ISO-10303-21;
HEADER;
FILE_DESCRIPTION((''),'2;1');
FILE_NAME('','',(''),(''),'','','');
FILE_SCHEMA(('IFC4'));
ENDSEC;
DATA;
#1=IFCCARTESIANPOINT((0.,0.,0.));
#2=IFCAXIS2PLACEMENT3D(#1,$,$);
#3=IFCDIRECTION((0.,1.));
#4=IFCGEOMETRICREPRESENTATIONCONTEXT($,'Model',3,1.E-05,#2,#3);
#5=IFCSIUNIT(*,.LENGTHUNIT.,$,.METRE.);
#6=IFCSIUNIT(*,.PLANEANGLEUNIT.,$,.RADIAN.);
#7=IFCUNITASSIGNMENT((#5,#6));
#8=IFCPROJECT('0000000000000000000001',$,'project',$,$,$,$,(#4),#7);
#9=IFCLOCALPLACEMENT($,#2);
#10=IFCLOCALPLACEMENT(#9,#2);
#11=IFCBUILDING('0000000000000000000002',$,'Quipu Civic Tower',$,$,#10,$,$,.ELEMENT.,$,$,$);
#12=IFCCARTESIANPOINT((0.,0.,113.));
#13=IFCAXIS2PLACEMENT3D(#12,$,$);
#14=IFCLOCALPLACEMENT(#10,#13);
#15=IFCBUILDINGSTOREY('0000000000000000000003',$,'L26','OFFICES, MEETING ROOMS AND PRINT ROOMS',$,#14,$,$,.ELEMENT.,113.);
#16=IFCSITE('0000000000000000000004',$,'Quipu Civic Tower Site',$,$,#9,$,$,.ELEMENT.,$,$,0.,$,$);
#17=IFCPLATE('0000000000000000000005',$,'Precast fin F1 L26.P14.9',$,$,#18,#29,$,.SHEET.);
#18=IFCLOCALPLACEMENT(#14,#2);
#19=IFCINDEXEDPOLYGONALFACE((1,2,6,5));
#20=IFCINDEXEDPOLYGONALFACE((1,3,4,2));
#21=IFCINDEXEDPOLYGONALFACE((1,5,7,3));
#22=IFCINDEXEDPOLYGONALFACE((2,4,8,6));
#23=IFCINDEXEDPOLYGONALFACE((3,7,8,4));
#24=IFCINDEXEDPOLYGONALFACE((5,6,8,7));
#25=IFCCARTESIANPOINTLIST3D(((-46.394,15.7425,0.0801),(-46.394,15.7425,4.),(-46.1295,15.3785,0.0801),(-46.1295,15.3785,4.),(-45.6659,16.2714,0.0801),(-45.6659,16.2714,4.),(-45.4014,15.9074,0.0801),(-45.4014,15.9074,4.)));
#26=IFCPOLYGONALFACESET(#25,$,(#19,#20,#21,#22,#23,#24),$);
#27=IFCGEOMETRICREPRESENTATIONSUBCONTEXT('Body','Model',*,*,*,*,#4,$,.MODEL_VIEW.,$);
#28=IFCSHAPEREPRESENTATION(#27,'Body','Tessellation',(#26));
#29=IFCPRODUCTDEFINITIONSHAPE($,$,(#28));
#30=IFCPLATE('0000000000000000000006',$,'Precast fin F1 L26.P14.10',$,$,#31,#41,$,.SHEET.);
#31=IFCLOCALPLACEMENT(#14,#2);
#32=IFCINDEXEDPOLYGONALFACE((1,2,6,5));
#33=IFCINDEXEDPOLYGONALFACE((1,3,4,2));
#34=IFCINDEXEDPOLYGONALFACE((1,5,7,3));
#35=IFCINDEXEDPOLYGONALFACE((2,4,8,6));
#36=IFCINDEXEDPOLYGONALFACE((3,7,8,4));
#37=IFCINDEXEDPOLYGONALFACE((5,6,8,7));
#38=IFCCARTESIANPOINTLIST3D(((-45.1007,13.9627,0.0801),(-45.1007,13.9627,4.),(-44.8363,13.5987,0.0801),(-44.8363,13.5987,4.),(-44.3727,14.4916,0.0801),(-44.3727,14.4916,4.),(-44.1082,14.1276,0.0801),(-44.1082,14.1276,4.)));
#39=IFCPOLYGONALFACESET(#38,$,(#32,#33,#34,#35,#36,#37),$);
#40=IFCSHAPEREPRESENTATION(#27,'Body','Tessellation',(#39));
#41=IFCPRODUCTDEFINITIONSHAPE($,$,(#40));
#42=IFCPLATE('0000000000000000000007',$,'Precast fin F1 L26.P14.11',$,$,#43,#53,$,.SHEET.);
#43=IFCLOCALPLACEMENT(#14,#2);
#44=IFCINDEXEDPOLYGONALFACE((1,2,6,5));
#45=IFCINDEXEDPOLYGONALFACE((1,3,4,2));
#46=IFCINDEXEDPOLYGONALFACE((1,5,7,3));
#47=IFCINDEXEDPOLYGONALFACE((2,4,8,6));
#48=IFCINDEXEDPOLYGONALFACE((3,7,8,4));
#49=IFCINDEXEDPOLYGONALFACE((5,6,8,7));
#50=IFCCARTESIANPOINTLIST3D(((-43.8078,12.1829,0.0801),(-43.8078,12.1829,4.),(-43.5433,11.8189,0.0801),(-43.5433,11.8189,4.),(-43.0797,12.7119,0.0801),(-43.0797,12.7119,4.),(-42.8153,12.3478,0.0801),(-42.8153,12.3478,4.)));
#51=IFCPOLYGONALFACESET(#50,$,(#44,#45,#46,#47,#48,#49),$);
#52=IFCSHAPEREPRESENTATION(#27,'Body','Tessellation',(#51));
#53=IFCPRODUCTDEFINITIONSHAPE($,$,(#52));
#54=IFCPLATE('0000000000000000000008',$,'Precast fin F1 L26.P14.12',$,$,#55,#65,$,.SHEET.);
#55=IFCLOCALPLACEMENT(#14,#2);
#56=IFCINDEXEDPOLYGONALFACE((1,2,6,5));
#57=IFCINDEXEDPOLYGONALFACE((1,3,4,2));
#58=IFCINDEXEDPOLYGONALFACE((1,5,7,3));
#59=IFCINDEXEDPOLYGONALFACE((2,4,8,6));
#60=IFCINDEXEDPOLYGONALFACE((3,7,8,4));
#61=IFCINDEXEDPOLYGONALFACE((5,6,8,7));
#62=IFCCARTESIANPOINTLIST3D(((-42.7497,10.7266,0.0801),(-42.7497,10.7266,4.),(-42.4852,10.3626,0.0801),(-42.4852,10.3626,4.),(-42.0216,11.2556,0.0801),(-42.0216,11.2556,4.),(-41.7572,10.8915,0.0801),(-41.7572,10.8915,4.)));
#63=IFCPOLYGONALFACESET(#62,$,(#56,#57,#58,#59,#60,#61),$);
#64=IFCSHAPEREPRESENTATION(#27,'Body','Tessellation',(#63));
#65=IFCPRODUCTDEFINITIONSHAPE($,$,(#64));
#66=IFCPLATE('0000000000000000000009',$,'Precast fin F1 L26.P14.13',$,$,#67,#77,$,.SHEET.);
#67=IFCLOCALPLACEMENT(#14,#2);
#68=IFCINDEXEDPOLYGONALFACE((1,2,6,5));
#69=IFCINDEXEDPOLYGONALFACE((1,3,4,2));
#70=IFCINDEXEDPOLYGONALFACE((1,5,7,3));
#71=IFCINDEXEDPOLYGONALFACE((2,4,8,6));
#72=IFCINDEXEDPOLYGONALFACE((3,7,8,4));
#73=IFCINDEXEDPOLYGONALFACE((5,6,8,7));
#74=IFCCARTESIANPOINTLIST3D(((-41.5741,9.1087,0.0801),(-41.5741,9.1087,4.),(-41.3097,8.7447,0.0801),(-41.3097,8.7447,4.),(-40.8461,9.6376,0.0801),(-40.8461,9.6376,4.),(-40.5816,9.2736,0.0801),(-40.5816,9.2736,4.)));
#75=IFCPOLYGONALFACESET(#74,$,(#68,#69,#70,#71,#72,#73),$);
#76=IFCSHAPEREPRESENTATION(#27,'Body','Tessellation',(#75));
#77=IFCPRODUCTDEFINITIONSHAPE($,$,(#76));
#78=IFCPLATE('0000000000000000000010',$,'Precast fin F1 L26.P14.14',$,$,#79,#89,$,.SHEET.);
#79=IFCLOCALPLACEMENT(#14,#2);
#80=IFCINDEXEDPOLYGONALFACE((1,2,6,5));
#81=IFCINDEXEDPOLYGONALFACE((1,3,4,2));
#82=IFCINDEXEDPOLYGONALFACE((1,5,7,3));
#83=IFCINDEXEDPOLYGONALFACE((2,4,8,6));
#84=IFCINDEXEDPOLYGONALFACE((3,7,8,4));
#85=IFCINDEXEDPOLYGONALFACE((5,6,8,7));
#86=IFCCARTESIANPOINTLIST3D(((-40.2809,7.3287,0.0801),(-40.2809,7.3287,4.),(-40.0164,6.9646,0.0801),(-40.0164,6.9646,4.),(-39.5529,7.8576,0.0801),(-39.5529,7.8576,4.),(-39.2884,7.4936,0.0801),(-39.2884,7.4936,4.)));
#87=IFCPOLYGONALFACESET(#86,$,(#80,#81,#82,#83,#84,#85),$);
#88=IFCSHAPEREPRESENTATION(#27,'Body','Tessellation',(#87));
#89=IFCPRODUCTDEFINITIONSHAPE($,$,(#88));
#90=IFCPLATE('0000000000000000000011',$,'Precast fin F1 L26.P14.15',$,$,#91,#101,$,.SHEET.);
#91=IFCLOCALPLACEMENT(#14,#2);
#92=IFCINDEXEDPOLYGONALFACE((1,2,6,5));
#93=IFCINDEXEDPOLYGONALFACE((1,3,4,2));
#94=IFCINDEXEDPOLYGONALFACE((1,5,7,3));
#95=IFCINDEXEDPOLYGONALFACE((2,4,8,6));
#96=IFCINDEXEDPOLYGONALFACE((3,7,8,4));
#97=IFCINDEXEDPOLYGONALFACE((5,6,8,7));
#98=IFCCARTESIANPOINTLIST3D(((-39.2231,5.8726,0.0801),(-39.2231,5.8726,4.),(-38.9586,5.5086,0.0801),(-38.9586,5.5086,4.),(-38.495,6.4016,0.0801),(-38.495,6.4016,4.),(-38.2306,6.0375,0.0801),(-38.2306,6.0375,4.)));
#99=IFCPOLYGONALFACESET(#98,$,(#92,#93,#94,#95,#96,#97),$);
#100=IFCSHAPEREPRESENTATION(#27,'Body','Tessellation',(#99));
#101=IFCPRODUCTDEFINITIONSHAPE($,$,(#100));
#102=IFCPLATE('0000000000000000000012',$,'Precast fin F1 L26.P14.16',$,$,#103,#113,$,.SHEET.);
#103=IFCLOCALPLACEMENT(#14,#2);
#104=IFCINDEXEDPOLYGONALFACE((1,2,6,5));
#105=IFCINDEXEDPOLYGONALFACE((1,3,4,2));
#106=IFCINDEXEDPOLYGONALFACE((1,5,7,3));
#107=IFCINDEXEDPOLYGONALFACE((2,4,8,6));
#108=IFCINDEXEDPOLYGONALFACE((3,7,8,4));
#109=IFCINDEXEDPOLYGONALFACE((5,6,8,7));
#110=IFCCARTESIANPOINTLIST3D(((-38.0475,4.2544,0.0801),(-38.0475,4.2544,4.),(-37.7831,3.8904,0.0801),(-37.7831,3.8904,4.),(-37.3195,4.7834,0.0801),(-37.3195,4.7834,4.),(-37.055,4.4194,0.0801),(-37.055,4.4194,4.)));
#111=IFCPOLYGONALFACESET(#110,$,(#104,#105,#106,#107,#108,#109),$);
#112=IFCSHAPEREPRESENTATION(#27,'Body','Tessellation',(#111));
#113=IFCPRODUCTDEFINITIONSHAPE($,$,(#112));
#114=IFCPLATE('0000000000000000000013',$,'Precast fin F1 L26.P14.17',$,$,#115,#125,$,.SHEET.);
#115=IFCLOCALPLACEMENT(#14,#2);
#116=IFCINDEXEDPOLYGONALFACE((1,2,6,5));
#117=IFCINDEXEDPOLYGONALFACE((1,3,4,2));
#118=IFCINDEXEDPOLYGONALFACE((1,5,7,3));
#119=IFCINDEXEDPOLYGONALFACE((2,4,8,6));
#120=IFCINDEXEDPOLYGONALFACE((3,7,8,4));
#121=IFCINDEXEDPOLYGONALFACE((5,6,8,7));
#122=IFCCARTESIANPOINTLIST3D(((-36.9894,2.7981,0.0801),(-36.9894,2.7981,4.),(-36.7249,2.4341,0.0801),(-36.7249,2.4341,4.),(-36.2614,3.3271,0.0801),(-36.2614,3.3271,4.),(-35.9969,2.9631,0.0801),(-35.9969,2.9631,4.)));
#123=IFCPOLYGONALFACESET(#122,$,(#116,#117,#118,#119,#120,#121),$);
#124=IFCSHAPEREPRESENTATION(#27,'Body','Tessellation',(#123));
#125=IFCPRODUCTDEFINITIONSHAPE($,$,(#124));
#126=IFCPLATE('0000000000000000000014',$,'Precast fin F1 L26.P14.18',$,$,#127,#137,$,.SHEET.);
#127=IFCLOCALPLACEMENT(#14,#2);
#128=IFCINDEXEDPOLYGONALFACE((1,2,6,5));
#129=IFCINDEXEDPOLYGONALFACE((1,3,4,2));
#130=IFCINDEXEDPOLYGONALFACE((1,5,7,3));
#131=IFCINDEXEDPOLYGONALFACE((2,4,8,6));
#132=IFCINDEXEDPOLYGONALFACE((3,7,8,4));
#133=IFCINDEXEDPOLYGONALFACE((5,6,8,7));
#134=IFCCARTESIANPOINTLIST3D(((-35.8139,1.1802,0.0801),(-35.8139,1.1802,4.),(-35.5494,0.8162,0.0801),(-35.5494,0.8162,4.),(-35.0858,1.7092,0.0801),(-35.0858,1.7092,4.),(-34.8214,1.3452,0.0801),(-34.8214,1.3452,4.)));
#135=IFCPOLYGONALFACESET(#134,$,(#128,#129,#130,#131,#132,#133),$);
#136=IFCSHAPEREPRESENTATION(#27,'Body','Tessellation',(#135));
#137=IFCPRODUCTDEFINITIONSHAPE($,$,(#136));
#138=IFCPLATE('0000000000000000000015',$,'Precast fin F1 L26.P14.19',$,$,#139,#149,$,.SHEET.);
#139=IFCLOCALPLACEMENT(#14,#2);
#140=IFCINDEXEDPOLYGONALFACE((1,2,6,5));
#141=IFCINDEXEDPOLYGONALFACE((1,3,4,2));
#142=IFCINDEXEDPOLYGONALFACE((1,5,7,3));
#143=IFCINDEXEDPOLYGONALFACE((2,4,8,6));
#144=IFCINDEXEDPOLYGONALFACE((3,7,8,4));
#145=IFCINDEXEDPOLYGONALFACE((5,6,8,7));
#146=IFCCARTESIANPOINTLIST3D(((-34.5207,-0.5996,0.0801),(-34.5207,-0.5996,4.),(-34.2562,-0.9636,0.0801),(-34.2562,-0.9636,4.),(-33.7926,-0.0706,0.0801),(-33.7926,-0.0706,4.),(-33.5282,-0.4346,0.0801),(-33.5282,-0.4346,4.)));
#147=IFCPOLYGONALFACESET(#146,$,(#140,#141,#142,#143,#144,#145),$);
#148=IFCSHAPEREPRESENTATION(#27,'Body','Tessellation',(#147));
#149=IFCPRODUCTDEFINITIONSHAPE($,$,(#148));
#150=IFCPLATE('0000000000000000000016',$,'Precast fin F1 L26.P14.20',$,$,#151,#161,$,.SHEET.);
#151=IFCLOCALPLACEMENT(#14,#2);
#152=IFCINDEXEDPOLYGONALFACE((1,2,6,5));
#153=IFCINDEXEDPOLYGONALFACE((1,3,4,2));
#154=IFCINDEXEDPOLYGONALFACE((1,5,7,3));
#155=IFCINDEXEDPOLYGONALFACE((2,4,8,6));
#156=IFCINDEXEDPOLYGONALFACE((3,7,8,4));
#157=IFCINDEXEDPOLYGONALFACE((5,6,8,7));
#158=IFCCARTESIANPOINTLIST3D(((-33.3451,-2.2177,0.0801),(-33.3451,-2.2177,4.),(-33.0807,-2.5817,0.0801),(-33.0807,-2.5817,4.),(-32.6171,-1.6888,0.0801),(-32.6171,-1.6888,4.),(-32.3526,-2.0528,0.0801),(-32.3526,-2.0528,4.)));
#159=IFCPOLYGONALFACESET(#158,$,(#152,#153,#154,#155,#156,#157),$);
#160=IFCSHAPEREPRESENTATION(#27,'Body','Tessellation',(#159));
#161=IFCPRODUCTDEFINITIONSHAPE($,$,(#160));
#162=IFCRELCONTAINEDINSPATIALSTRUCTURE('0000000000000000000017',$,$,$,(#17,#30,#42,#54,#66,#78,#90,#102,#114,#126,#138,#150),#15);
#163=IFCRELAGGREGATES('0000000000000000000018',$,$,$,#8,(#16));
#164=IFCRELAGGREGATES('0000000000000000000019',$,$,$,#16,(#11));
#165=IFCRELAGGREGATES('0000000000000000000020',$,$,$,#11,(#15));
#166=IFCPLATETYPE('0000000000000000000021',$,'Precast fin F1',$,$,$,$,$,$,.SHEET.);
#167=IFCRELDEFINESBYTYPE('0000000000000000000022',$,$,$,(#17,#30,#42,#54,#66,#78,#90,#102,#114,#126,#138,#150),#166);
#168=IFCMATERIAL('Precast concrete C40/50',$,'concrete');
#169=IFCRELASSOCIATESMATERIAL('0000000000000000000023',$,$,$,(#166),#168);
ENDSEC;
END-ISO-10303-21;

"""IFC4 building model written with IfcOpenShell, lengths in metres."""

from ifc_helpers import new_model, si_unit, direction, frame, origin, origin_2d, place, context, subcontext, project, spatial, rectangle, extrude, material, type_object, element, save


model = new_model("IFC4")

# Units and contexts
model_context = context("Model", 3, precision=1e-05, world=origin(), true_north=direction((0.0, 1.0)))
body_context = subcontext(model_context, "Body", "Model", "MODEL_VIEW")
ifc_project = project(units=[si_unit("LENGTHUNIT", "METRE"), si_unit("PLANEANGLEUNIT", "RADIAN")], contexts=[model_context])

# Site, building, storey
site_placement = place(None, origin())
site = spatial("IfcSite", under=ifc_project, at=site_placement, Name="Quipu Civic Tower Site", CompositionType="ELEMENT", RefElevation=0.0)
building_placement = place(site_placement, origin())
building = spatial("IfcBuilding", under=site, at=building_placement, Name="Quipu Civic Tower", CompositionType="ELEMENT")
storey_placement = place(building_placement, frame((0.0, 0.0, 113.0)))
storey = spatial("IfcBuildingStorey", under=building, at=storey_placement, Name="L26", Description="OFFICES, MEETING ROOMS AND PRINT ROOMS", CompositionType="ELEMENT", Elevation=113.0)

# Plates
ifc_material_1 = material(Name="Precast concrete C40/50", Category="concrete")
plate_type_1 = type_object("IfcPlateType", Name="Precast fin F1", PredefinedType="SHEET", material=ifc_material_1)
for number, where, z_axis, x_axis, name in (
    (1, (-45.8977, 15.825, 0.0801), (0.0, 0.0, 1.0), (0.587786, -0.809017, 0.0), "Precast fin F1 L26.P14.9"),
    (2, (-44.6045, 14.0452, 0.0801), (0.0, 0.0, 1.0), (0.587786, -0.809017, 0.0), "Precast fin F1 L26.P14.10"),
    (3, (-43.3115, 12.2654, 0.0801), (0.0, 0.0, 1.0), (0.587786, -0.809017, 0.0), "Precast fin F1 L26.P14.11"),
    (4, (-42.2534, 10.8091, 0.0801), (0.0, 0.0, 1.0), (0.587786, -0.809017, 0.0), "Precast fin F1 L26.P14.12"),
    (5, (-41.0779, 9.1912, 0.0801), (0.0, 0.0, 1.0), (0.587786, -0.809017, 0.0), "Precast fin F1 L26.P14.13"),
    (6, (-39.7847, 7.4111, 0.0801), (0.0, 0.0, 1.0), (0.587786, -0.809017, 0.0), "Precast fin F1 L26.P14.14"),
    (7, (-38.7268, 5.9551, 0.0801), (0.0, 0.0, 1.0), (0.587786, -0.809017, 0.0), "Precast fin F1 L26.P14.15"),
    (8, (-37.5513, 4.3369, 0.0801), (0.0, 0.0, 1.0), (0.587786, -0.809017, 0.0), "Precast fin F1 L26.P14.16"),
    (9, (-36.4932, 2.8806, 0.0801), (0.0, 0.0, 1.0), (0.587786, -0.809017, 0.0), "Precast fin F1 L26.P14.17"),
    (10, (-35.3176, 1.2627, 0.0801), (0.0, 0.0, 1.0), (0.587786, -0.809017, 0.0), "Precast fin F1 L26.P14.18"),
    (11, (-34.0244, -0.5171, 0.0801), (0.0, 0.0, 1.0), (0.587786, -0.809017, 0.0), "Precast fin F1 L26.P14.19"),
    (12, (-32.8489, -2.1353, 0.0801), (0.0, 0.0, 1.0), (0.587786, -0.809017, 0.0), "Precast fin F1 L26.P14.20"),
):
    element("IfcPlate", number, at=place(storey_placement, frame(where, z_axis=z_axis, x_axis=x_axis)), inside=storey, type_object=plate_type_1, Name=name, PredefinedType="SHEET", context=body_context, shape_type="SweptSolid", body=[
        extrude(rectangle(XDim=0.45, YDim=0.8999, at=origin_2d()), origin(), (0.0, 0.0, 1.0), 3.9199),
    ])

save(model, "model.ifc")
